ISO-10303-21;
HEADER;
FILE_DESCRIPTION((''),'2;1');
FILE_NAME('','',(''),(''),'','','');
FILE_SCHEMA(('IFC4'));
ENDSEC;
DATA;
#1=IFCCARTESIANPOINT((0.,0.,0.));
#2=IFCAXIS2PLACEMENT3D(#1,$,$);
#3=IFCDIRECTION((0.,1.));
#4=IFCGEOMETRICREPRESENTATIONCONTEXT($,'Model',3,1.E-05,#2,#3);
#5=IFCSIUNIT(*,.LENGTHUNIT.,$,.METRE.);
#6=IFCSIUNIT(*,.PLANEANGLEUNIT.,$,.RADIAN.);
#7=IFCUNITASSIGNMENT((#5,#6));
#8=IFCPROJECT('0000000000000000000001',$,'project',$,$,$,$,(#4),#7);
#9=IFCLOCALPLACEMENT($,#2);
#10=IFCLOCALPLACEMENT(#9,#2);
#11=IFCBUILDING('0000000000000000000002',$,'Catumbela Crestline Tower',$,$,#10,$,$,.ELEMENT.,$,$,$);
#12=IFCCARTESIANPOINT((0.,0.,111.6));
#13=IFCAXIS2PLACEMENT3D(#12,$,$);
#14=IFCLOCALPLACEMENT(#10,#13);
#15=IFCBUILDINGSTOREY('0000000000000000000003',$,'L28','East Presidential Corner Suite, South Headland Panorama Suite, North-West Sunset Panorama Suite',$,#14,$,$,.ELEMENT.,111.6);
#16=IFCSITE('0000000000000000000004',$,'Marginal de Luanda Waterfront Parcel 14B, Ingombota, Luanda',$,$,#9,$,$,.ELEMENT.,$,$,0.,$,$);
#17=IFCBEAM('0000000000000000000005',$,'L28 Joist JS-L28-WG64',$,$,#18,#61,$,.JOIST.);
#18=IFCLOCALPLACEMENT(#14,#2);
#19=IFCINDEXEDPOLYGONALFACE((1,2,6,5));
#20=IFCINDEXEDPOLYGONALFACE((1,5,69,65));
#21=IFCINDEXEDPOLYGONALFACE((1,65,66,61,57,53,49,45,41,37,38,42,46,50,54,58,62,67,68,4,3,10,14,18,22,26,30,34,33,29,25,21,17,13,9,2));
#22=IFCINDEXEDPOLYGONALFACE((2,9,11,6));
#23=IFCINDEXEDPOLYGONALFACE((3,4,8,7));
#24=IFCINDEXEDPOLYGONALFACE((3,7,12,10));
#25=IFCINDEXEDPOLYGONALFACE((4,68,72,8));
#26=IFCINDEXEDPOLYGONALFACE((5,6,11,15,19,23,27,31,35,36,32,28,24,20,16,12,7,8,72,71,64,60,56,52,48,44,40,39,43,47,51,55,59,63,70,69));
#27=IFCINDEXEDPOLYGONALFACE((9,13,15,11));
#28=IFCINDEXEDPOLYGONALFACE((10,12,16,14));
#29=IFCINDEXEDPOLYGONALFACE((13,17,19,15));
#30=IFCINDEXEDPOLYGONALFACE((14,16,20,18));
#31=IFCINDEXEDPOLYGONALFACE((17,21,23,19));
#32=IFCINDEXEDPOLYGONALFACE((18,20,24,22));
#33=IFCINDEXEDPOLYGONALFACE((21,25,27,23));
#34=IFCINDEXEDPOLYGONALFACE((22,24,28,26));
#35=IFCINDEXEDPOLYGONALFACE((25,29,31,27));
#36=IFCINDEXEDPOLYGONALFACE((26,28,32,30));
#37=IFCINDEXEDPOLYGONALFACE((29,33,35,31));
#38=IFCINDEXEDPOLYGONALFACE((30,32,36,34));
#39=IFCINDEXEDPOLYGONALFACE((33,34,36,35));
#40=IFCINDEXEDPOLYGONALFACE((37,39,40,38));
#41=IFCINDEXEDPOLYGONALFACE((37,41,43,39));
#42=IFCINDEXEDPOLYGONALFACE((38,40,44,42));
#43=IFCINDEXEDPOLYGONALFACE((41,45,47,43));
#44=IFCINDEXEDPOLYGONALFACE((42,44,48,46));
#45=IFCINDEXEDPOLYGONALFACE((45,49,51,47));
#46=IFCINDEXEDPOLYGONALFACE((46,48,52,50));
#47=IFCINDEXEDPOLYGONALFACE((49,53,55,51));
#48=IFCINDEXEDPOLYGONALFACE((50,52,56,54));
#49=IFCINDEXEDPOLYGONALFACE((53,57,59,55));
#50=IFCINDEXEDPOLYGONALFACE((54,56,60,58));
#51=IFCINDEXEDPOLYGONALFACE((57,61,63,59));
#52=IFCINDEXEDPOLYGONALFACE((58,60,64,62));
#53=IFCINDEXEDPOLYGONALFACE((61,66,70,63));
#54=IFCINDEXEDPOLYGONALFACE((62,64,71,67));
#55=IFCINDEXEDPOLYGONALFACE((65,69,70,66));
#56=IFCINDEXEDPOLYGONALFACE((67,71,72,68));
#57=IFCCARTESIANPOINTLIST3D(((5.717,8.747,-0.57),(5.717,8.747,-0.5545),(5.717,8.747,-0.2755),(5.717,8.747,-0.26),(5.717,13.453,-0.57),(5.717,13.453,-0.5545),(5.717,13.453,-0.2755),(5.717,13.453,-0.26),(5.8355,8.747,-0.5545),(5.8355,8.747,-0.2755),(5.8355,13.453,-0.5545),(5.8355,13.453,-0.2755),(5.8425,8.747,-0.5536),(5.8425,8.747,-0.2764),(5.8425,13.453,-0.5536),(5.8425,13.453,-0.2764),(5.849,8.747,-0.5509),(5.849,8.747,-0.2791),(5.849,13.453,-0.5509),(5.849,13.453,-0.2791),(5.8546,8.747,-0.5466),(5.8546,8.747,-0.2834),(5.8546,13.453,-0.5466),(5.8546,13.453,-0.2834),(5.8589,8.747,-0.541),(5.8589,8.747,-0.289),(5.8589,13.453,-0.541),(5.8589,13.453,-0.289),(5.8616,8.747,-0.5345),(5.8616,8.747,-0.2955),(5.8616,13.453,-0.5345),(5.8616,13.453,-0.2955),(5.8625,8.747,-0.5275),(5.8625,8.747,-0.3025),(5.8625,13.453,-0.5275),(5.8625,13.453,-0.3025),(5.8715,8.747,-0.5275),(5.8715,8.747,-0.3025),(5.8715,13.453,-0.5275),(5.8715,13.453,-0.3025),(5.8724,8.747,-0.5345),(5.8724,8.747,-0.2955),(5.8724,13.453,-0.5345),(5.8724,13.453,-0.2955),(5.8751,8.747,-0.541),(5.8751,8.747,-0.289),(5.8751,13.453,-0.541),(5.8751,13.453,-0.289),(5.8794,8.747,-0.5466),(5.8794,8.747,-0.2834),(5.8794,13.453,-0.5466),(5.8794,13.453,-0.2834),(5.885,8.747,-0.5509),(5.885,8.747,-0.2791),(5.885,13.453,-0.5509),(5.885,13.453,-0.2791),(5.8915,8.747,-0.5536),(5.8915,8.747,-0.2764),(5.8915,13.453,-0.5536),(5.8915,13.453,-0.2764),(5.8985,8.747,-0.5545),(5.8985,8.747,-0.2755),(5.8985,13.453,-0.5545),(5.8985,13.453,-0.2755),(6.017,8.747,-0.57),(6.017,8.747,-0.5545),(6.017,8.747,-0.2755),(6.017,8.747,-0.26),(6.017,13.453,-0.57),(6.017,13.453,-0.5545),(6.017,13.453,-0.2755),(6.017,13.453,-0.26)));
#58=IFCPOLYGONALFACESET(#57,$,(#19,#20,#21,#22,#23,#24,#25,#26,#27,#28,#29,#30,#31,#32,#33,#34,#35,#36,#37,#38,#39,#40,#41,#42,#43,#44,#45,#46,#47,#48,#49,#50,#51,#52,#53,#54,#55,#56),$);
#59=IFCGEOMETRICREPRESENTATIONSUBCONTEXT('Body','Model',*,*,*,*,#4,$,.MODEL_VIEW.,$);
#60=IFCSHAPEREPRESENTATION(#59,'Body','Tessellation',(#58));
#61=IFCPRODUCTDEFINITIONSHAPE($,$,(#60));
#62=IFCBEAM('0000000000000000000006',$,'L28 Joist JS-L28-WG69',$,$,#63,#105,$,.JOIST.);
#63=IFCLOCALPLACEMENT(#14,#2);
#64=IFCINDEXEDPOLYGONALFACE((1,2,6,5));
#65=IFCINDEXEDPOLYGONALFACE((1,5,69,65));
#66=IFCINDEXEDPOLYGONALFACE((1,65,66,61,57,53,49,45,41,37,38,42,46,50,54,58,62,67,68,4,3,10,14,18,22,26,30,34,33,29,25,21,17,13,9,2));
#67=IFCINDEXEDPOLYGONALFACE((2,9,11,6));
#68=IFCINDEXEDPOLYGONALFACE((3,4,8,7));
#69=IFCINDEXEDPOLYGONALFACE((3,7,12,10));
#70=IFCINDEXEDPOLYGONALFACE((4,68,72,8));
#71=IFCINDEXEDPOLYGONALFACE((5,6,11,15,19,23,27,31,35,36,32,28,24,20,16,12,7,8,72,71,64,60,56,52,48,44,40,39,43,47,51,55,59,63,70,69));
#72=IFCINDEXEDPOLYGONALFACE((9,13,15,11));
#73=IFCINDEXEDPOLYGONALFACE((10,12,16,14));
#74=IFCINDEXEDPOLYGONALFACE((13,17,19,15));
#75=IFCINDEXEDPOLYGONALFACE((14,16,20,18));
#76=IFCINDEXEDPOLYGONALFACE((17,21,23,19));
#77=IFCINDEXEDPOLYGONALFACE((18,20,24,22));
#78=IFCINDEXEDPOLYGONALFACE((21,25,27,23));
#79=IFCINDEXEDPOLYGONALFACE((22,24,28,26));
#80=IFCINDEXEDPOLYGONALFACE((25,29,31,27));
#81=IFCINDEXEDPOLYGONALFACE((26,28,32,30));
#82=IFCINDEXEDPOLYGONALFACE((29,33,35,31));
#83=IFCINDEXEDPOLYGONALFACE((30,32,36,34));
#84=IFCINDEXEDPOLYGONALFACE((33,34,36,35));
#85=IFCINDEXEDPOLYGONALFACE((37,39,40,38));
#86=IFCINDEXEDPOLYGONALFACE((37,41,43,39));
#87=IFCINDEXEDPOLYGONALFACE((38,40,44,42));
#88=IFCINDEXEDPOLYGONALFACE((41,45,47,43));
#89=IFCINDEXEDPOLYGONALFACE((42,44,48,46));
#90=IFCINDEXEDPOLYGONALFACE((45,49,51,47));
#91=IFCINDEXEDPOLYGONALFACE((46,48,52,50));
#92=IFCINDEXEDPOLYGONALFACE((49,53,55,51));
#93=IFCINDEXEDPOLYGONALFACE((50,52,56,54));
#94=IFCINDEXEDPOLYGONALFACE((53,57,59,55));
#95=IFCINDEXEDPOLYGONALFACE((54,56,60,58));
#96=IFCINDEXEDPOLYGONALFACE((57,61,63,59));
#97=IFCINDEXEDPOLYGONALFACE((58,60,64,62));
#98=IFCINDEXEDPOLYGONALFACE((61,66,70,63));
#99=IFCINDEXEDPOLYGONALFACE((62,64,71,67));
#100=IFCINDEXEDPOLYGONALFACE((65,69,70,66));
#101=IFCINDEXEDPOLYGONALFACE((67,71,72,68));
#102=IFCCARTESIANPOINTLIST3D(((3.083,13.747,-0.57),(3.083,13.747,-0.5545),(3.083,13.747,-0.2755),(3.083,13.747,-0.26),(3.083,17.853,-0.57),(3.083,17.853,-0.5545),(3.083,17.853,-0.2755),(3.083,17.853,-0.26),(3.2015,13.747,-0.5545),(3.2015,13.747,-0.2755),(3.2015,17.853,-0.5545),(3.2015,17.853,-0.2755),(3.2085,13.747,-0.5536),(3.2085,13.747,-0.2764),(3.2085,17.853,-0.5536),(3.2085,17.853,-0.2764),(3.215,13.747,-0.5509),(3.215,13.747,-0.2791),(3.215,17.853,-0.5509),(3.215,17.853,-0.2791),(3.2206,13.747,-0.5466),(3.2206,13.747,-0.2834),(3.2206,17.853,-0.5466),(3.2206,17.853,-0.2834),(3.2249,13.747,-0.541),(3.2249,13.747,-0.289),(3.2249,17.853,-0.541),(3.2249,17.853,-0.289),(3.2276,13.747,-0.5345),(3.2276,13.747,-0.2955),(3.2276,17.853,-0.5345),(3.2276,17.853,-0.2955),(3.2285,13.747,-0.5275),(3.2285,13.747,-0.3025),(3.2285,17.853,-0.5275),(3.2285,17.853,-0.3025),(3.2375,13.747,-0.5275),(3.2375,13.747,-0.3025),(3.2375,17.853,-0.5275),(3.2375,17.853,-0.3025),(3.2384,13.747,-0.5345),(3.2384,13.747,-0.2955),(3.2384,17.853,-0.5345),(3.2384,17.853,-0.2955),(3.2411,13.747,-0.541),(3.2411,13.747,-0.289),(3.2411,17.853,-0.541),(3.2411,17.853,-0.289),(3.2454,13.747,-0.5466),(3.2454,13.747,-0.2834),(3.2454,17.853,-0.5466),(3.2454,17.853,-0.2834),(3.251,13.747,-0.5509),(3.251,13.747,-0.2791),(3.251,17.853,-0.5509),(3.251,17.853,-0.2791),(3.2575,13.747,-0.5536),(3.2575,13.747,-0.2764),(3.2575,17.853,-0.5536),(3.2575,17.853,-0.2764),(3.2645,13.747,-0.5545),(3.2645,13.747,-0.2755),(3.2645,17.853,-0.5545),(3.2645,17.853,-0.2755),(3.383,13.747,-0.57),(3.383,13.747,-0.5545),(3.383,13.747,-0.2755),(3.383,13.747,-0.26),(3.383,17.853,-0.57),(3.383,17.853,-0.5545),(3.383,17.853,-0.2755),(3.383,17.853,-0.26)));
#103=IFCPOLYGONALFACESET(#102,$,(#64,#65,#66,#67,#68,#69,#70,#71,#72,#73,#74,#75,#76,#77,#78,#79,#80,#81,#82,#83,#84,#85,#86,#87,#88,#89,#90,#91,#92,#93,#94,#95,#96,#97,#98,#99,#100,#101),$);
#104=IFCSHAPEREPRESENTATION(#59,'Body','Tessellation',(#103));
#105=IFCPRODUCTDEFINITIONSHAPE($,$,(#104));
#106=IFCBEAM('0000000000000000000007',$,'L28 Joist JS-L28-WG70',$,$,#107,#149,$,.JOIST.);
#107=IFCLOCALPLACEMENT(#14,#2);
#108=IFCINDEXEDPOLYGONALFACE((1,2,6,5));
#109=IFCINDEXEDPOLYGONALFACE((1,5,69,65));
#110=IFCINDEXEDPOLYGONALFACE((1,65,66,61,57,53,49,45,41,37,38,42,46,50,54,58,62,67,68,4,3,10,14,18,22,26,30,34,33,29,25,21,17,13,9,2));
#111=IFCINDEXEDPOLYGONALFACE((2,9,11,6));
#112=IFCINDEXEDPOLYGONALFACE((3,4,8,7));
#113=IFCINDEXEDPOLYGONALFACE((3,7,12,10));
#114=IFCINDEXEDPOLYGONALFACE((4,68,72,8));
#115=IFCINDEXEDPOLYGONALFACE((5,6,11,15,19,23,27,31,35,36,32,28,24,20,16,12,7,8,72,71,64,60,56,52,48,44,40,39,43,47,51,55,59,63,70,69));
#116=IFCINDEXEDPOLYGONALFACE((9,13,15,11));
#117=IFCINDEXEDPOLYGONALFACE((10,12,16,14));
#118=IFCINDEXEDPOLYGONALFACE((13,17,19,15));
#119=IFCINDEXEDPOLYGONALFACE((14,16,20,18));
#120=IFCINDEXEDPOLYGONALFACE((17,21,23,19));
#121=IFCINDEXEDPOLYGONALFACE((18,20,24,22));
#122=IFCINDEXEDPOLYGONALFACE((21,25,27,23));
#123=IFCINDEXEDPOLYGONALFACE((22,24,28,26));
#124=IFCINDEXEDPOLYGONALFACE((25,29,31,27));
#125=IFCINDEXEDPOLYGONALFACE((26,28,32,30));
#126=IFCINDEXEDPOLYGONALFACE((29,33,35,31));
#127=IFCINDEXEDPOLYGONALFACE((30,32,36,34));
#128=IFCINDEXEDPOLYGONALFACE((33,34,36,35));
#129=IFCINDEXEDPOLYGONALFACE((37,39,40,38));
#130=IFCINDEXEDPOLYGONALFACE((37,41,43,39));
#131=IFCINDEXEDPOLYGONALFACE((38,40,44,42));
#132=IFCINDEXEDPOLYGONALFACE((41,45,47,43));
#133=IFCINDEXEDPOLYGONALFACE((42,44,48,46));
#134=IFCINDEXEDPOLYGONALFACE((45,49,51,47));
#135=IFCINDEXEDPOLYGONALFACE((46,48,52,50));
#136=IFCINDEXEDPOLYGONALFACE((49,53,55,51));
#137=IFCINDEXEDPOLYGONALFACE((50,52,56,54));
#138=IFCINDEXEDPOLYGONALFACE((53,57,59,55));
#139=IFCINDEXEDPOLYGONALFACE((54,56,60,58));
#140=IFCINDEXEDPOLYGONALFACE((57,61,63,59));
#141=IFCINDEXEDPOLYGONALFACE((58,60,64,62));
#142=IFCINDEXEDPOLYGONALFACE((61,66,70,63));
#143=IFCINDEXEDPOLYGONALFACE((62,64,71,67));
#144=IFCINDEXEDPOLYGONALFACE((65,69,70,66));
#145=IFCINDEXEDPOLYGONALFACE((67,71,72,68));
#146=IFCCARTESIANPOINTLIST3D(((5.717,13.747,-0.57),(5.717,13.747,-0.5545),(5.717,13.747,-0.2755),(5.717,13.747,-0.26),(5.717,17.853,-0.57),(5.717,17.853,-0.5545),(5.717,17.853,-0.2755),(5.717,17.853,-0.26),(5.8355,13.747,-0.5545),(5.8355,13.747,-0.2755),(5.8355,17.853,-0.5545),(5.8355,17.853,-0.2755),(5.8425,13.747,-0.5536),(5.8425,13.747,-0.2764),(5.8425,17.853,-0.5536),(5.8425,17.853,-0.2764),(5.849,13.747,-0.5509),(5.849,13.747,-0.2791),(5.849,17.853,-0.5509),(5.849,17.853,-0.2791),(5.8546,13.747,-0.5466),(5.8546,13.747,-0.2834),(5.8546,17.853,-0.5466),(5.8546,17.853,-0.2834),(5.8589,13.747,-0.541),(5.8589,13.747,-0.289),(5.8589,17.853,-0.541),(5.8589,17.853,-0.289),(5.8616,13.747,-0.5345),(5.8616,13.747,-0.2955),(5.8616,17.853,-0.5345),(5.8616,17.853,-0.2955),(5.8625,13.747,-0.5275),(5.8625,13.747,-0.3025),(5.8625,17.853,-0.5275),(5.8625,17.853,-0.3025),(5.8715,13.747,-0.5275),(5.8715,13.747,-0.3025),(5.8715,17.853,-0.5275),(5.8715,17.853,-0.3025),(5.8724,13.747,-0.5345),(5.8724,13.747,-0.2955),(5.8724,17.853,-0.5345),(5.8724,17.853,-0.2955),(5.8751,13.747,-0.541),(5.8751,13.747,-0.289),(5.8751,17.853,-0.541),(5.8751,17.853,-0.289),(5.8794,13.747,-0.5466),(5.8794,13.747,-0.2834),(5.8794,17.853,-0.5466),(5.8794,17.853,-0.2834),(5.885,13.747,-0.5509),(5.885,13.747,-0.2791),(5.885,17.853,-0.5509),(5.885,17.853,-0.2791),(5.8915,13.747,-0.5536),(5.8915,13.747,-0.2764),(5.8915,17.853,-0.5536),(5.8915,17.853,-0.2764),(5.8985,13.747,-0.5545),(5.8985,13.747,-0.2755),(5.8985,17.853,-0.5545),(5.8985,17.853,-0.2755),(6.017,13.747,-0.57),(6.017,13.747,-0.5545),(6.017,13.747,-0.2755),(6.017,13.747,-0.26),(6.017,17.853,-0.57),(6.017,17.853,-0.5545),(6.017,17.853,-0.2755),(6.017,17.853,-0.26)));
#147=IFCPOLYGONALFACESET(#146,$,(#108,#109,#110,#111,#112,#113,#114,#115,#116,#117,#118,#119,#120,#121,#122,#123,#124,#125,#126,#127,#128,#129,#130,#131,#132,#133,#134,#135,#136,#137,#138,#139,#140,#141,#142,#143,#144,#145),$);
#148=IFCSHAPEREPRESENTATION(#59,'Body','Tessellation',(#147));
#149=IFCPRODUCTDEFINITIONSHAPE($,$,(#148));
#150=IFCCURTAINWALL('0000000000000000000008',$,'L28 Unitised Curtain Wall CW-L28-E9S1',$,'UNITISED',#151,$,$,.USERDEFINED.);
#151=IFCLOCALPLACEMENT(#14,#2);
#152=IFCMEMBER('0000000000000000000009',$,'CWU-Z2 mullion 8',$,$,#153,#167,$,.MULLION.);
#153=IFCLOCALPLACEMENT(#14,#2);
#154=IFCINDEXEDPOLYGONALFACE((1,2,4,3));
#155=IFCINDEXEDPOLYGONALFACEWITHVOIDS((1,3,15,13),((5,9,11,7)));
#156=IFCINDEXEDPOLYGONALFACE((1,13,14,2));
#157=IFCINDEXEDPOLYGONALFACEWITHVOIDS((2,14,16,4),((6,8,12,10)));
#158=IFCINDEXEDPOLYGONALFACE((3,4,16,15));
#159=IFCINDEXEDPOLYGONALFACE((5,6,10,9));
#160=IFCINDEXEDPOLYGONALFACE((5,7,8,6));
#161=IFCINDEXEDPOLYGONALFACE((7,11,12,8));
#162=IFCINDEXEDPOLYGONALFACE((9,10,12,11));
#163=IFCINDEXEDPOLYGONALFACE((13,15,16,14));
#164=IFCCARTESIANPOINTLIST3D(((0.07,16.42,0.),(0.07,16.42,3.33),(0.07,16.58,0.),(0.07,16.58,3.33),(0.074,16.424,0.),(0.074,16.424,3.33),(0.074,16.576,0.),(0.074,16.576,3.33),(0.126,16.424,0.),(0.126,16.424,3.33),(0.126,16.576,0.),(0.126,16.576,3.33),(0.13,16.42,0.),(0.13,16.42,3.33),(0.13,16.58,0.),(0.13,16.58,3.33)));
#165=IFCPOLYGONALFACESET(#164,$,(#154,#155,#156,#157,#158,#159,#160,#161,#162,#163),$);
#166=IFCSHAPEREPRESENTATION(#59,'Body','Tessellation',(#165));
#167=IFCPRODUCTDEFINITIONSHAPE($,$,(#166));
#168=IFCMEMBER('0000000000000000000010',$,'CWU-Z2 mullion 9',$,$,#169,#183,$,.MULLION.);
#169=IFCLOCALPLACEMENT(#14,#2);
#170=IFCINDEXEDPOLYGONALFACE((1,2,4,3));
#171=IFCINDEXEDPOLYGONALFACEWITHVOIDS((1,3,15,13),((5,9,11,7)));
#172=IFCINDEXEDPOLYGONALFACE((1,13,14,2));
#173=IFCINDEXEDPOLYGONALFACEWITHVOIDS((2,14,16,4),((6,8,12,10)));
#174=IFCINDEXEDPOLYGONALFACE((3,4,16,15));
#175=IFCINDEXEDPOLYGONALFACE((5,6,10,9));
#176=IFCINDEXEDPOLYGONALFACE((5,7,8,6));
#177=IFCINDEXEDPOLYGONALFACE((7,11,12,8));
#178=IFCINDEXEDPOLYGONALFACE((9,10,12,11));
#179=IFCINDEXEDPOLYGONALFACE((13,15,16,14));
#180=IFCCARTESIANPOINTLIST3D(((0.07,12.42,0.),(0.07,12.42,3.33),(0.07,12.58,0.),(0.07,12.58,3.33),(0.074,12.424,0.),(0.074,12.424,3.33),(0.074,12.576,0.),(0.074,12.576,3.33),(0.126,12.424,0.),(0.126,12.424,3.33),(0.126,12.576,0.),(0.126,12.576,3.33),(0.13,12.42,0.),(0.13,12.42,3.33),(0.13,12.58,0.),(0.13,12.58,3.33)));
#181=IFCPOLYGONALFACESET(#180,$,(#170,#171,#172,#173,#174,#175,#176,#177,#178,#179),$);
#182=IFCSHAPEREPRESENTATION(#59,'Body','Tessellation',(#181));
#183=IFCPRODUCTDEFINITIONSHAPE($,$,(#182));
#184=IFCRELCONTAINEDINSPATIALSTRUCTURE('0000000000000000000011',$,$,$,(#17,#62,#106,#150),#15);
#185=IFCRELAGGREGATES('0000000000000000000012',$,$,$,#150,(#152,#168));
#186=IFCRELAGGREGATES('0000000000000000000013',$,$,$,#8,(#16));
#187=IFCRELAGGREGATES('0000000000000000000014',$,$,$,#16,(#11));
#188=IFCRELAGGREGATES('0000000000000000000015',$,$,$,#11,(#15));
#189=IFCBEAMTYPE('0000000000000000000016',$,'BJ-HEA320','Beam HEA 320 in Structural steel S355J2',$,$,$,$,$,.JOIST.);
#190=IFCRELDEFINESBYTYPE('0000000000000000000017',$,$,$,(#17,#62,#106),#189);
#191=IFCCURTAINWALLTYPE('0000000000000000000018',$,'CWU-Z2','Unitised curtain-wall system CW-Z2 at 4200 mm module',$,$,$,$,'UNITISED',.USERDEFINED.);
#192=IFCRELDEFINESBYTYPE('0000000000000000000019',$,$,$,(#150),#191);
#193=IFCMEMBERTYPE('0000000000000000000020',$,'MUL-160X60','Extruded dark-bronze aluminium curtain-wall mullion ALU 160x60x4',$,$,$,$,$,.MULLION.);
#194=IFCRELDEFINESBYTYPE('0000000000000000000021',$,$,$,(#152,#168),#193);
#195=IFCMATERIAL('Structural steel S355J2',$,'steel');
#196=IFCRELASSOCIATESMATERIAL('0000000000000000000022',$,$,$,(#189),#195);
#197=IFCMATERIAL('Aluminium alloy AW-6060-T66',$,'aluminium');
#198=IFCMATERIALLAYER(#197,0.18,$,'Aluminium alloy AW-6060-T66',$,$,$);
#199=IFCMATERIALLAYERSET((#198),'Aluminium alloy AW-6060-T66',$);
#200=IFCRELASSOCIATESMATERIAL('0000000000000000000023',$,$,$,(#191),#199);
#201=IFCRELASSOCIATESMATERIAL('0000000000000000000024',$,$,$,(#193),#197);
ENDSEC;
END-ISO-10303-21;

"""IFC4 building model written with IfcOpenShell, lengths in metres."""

from ifc_helpers import new_model, si_unit, direction, frame, origin, origin_2d, place, context, subcontext, project, spatial, hollow_rectangle, i_section, extrude, material, layer, layer_set, material_profile, profile_set, type_object, element, aggregate, save


model = new_model("IFC4")

# Units and contexts
model_context = context("Model", 3, precision=1e-05, world=origin(), true_north=direction((0.0, 1.0)))
body_context = subcontext(model_context, "Body", "Model", "MODEL_VIEW")
ifc_project = project(units=[si_unit("LENGTHUNIT", "METRE"), si_unit("PLANEANGLEUNIT", "RADIAN")], contexts=[model_context])

# Site, building, storey
site_placement = place(None, origin())
site = spatial("IfcSite", under=ifc_project, at=site_placement, Name="Marginal de Luanda Waterfront Parcel 14B, Ingombota, Luanda", CompositionType="ELEMENT", RefElevation=0.0)
building_placement = place(site_placement, origin())
building = spatial("IfcBuilding", under=site, at=building_placement, Name="Catumbela Crestline Tower", CompositionType="ELEMENT")
storey_placement = place(building_placement, frame((0.0, 0.0, 111.6)))
storey = spatial("IfcBuildingStorey", under=building, at=storey_placement, Name="L28", Description="East Presidential Corner Suite, South Headland Panorama Suite, North-West Sunset Panorama Suite", CompositionType="ELEMENT", Elevation=111.6)

# Beams
ifc_material_1 = material(Name="Structural steel S355J2", Category="steel")
ifc_material_profile_1 = material_profile(ifc_material_1, i_section(OverallWidth=0.3, OverallDepth=0.31, WebThickness=0.009, FlangeThickness=0.0155, FilletRadius=0.027, at=origin_2d()), Name="HEA 320")
ifc_profile_set_1 = profile_set([ifc_material_profile_1], Name="Structural steel S355J2")
beam_type_1 = type_object("IfcBeamType", Name="BJ-HEA320", Description="Beam HEA 320 in Structural steel S355J2", PredefinedType="JOIST", material=ifc_profile_set_1)
for number, where, z_axis, x_axis, name in (
    (1, (5.867, 8.747, -0.415), (0.0, 1.0, 0.0), (-1.0, 0.0, 0.0), "L28 Joist JS-L28-WG64"),
):
    element("IfcBeam", number, at=place(storey_placement, frame(where, z_axis=z_axis, x_axis=x_axis)), inside=storey, type_object=beam_type_1, Name=name, PredefinedType="JOIST", context=body_context, shape_type="SweptSolid", body=[
        extrude(i_section(OverallWidth=0.3, OverallDepth=0.31, WebThickness=0.009, FlangeThickness=0.0155, FilletRadius=0.027, at=origin_2d()), origin(), (0.0, 0.0, 1.0), 4.706),
    ])
for number, where, z_axis, x_axis, name in (
    (2, (3.233, 13.747, -0.415), (0.0, 1.0, 0.0), (-1.0, 0.0, 0.0), "L28 Joist JS-L28-WG69"),
    (3, (5.867, 13.747, -0.415), (0.0, 1.0, 0.0), (-1.0, 0.0, 0.0), "L28 Joist JS-L28-WG70"),
):
    element("IfcBeam", number, at=place(storey_placement, frame(where, z_axis=z_axis, x_axis=x_axis)), inside=storey, type_object=beam_type_1, Name=name, PredefinedType="JOIST", context=body_context, shape_type="SweptSolid", body=[
        extrude(i_section(OverallWidth=0.3, OverallDepth=0.31, WebThickness=0.009, FlangeThickness=0.0155, FilletRadius=0.027, at=origin_2d()), origin(), (0.0, 0.0, 1.0), 4.106),
    ])

# Curtain wall, members
ifc_material_2 = material(Name="Aluminium alloy AW-6060-T66", Category="aluminium")
ifc_layer_1 = layer(ifc_material_2, 0.18, Name="Aluminium alloy AW-6060-T66")
ifc_layer_set_1 = layer_set([ifc_layer_1], Name="Aluminium alloy AW-6060-T66")
curtain_wall_type = type_object("IfcCurtainWallType", Name="CWU-Z2", Description="Unitised curtain-wall system CW-Z2 at 4200 mm module", ElementType="UNITISED", PredefinedType="USERDEFINED", material=ifc_layer_set_1)
curtain_wall_placement = place(storey_placement, origin())
curtain_wall = element("IfcCurtainWall", 4, at=curtain_wall_placement, inside=storey, type_object=curtain_wall_type, Name="L28 Unitised Curtain Wall CW-L28-E9S1", ObjectType="UNITISED", PredefinedType="USERDEFINED")
ifc_material_profile_2 = material_profile(ifc_material_2, hollow_rectangle(XDim=0.06, YDim=0.16, WallThickness=0.004, at=origin_2d()), Name="ALU 160x60x4")
ifc_profile_set_2 = profile_set([ifc_material_profile_2], Name="Aluminium alloy AW-6060-T66")
member_type_1 = type_object("IfcMemberType", Name="MUL-160X60", Description="Extruded dark-bronze aluminium curtain-wall mullion ALU 160x60x4", PredefinedType="MULLION", material=ifc_profile_set_2)
member_1_placement = place(storey_placement, frame((0.1, 16.5, 0.0), z_axis=(0.0, 0.0, 1.0), x_axis=(1.0, 0.0, 0.0)))
member_1 = element("IfcMember", 5, at=member_1_placement, type_object=member_type_1, Name="CWU-Z2 mullion 8", PredefinedType="MULLION", context=body_context, shape_type="SweptSolid", body=[
    extrude(hollow_rectangle(XDim=0.06, YDim=0.16, WallThickness=0.004, at=origin_2d()), origin(), (0.0, 0.0, 1.0), 3.33),
])
member_2_placement = place(storey_placement, frame((0.1, 12.5, 0.0), z_axis=(0.0, 0.0, 1.0), x_axis=(1.0, 0.0, 0.0)))
member_2 = element("IfcMember", 6, at=member_2_placement, type_object=member_type_1, Name="CWU-Z2 mullion 9", PredefinedType="MULLION", context=body_context, shape_type="SweptSolid", body=[
    extrude(hollow_rectangle(XDim=0.06, YDim=0.16, WallThickness=0.004, at=origin_2d()), origin(), (0.0, 0.0, 1.0), 3.33),
])

aggregate(curtain_wall, [member_1, member_2])

save(model, "model.ifc")
